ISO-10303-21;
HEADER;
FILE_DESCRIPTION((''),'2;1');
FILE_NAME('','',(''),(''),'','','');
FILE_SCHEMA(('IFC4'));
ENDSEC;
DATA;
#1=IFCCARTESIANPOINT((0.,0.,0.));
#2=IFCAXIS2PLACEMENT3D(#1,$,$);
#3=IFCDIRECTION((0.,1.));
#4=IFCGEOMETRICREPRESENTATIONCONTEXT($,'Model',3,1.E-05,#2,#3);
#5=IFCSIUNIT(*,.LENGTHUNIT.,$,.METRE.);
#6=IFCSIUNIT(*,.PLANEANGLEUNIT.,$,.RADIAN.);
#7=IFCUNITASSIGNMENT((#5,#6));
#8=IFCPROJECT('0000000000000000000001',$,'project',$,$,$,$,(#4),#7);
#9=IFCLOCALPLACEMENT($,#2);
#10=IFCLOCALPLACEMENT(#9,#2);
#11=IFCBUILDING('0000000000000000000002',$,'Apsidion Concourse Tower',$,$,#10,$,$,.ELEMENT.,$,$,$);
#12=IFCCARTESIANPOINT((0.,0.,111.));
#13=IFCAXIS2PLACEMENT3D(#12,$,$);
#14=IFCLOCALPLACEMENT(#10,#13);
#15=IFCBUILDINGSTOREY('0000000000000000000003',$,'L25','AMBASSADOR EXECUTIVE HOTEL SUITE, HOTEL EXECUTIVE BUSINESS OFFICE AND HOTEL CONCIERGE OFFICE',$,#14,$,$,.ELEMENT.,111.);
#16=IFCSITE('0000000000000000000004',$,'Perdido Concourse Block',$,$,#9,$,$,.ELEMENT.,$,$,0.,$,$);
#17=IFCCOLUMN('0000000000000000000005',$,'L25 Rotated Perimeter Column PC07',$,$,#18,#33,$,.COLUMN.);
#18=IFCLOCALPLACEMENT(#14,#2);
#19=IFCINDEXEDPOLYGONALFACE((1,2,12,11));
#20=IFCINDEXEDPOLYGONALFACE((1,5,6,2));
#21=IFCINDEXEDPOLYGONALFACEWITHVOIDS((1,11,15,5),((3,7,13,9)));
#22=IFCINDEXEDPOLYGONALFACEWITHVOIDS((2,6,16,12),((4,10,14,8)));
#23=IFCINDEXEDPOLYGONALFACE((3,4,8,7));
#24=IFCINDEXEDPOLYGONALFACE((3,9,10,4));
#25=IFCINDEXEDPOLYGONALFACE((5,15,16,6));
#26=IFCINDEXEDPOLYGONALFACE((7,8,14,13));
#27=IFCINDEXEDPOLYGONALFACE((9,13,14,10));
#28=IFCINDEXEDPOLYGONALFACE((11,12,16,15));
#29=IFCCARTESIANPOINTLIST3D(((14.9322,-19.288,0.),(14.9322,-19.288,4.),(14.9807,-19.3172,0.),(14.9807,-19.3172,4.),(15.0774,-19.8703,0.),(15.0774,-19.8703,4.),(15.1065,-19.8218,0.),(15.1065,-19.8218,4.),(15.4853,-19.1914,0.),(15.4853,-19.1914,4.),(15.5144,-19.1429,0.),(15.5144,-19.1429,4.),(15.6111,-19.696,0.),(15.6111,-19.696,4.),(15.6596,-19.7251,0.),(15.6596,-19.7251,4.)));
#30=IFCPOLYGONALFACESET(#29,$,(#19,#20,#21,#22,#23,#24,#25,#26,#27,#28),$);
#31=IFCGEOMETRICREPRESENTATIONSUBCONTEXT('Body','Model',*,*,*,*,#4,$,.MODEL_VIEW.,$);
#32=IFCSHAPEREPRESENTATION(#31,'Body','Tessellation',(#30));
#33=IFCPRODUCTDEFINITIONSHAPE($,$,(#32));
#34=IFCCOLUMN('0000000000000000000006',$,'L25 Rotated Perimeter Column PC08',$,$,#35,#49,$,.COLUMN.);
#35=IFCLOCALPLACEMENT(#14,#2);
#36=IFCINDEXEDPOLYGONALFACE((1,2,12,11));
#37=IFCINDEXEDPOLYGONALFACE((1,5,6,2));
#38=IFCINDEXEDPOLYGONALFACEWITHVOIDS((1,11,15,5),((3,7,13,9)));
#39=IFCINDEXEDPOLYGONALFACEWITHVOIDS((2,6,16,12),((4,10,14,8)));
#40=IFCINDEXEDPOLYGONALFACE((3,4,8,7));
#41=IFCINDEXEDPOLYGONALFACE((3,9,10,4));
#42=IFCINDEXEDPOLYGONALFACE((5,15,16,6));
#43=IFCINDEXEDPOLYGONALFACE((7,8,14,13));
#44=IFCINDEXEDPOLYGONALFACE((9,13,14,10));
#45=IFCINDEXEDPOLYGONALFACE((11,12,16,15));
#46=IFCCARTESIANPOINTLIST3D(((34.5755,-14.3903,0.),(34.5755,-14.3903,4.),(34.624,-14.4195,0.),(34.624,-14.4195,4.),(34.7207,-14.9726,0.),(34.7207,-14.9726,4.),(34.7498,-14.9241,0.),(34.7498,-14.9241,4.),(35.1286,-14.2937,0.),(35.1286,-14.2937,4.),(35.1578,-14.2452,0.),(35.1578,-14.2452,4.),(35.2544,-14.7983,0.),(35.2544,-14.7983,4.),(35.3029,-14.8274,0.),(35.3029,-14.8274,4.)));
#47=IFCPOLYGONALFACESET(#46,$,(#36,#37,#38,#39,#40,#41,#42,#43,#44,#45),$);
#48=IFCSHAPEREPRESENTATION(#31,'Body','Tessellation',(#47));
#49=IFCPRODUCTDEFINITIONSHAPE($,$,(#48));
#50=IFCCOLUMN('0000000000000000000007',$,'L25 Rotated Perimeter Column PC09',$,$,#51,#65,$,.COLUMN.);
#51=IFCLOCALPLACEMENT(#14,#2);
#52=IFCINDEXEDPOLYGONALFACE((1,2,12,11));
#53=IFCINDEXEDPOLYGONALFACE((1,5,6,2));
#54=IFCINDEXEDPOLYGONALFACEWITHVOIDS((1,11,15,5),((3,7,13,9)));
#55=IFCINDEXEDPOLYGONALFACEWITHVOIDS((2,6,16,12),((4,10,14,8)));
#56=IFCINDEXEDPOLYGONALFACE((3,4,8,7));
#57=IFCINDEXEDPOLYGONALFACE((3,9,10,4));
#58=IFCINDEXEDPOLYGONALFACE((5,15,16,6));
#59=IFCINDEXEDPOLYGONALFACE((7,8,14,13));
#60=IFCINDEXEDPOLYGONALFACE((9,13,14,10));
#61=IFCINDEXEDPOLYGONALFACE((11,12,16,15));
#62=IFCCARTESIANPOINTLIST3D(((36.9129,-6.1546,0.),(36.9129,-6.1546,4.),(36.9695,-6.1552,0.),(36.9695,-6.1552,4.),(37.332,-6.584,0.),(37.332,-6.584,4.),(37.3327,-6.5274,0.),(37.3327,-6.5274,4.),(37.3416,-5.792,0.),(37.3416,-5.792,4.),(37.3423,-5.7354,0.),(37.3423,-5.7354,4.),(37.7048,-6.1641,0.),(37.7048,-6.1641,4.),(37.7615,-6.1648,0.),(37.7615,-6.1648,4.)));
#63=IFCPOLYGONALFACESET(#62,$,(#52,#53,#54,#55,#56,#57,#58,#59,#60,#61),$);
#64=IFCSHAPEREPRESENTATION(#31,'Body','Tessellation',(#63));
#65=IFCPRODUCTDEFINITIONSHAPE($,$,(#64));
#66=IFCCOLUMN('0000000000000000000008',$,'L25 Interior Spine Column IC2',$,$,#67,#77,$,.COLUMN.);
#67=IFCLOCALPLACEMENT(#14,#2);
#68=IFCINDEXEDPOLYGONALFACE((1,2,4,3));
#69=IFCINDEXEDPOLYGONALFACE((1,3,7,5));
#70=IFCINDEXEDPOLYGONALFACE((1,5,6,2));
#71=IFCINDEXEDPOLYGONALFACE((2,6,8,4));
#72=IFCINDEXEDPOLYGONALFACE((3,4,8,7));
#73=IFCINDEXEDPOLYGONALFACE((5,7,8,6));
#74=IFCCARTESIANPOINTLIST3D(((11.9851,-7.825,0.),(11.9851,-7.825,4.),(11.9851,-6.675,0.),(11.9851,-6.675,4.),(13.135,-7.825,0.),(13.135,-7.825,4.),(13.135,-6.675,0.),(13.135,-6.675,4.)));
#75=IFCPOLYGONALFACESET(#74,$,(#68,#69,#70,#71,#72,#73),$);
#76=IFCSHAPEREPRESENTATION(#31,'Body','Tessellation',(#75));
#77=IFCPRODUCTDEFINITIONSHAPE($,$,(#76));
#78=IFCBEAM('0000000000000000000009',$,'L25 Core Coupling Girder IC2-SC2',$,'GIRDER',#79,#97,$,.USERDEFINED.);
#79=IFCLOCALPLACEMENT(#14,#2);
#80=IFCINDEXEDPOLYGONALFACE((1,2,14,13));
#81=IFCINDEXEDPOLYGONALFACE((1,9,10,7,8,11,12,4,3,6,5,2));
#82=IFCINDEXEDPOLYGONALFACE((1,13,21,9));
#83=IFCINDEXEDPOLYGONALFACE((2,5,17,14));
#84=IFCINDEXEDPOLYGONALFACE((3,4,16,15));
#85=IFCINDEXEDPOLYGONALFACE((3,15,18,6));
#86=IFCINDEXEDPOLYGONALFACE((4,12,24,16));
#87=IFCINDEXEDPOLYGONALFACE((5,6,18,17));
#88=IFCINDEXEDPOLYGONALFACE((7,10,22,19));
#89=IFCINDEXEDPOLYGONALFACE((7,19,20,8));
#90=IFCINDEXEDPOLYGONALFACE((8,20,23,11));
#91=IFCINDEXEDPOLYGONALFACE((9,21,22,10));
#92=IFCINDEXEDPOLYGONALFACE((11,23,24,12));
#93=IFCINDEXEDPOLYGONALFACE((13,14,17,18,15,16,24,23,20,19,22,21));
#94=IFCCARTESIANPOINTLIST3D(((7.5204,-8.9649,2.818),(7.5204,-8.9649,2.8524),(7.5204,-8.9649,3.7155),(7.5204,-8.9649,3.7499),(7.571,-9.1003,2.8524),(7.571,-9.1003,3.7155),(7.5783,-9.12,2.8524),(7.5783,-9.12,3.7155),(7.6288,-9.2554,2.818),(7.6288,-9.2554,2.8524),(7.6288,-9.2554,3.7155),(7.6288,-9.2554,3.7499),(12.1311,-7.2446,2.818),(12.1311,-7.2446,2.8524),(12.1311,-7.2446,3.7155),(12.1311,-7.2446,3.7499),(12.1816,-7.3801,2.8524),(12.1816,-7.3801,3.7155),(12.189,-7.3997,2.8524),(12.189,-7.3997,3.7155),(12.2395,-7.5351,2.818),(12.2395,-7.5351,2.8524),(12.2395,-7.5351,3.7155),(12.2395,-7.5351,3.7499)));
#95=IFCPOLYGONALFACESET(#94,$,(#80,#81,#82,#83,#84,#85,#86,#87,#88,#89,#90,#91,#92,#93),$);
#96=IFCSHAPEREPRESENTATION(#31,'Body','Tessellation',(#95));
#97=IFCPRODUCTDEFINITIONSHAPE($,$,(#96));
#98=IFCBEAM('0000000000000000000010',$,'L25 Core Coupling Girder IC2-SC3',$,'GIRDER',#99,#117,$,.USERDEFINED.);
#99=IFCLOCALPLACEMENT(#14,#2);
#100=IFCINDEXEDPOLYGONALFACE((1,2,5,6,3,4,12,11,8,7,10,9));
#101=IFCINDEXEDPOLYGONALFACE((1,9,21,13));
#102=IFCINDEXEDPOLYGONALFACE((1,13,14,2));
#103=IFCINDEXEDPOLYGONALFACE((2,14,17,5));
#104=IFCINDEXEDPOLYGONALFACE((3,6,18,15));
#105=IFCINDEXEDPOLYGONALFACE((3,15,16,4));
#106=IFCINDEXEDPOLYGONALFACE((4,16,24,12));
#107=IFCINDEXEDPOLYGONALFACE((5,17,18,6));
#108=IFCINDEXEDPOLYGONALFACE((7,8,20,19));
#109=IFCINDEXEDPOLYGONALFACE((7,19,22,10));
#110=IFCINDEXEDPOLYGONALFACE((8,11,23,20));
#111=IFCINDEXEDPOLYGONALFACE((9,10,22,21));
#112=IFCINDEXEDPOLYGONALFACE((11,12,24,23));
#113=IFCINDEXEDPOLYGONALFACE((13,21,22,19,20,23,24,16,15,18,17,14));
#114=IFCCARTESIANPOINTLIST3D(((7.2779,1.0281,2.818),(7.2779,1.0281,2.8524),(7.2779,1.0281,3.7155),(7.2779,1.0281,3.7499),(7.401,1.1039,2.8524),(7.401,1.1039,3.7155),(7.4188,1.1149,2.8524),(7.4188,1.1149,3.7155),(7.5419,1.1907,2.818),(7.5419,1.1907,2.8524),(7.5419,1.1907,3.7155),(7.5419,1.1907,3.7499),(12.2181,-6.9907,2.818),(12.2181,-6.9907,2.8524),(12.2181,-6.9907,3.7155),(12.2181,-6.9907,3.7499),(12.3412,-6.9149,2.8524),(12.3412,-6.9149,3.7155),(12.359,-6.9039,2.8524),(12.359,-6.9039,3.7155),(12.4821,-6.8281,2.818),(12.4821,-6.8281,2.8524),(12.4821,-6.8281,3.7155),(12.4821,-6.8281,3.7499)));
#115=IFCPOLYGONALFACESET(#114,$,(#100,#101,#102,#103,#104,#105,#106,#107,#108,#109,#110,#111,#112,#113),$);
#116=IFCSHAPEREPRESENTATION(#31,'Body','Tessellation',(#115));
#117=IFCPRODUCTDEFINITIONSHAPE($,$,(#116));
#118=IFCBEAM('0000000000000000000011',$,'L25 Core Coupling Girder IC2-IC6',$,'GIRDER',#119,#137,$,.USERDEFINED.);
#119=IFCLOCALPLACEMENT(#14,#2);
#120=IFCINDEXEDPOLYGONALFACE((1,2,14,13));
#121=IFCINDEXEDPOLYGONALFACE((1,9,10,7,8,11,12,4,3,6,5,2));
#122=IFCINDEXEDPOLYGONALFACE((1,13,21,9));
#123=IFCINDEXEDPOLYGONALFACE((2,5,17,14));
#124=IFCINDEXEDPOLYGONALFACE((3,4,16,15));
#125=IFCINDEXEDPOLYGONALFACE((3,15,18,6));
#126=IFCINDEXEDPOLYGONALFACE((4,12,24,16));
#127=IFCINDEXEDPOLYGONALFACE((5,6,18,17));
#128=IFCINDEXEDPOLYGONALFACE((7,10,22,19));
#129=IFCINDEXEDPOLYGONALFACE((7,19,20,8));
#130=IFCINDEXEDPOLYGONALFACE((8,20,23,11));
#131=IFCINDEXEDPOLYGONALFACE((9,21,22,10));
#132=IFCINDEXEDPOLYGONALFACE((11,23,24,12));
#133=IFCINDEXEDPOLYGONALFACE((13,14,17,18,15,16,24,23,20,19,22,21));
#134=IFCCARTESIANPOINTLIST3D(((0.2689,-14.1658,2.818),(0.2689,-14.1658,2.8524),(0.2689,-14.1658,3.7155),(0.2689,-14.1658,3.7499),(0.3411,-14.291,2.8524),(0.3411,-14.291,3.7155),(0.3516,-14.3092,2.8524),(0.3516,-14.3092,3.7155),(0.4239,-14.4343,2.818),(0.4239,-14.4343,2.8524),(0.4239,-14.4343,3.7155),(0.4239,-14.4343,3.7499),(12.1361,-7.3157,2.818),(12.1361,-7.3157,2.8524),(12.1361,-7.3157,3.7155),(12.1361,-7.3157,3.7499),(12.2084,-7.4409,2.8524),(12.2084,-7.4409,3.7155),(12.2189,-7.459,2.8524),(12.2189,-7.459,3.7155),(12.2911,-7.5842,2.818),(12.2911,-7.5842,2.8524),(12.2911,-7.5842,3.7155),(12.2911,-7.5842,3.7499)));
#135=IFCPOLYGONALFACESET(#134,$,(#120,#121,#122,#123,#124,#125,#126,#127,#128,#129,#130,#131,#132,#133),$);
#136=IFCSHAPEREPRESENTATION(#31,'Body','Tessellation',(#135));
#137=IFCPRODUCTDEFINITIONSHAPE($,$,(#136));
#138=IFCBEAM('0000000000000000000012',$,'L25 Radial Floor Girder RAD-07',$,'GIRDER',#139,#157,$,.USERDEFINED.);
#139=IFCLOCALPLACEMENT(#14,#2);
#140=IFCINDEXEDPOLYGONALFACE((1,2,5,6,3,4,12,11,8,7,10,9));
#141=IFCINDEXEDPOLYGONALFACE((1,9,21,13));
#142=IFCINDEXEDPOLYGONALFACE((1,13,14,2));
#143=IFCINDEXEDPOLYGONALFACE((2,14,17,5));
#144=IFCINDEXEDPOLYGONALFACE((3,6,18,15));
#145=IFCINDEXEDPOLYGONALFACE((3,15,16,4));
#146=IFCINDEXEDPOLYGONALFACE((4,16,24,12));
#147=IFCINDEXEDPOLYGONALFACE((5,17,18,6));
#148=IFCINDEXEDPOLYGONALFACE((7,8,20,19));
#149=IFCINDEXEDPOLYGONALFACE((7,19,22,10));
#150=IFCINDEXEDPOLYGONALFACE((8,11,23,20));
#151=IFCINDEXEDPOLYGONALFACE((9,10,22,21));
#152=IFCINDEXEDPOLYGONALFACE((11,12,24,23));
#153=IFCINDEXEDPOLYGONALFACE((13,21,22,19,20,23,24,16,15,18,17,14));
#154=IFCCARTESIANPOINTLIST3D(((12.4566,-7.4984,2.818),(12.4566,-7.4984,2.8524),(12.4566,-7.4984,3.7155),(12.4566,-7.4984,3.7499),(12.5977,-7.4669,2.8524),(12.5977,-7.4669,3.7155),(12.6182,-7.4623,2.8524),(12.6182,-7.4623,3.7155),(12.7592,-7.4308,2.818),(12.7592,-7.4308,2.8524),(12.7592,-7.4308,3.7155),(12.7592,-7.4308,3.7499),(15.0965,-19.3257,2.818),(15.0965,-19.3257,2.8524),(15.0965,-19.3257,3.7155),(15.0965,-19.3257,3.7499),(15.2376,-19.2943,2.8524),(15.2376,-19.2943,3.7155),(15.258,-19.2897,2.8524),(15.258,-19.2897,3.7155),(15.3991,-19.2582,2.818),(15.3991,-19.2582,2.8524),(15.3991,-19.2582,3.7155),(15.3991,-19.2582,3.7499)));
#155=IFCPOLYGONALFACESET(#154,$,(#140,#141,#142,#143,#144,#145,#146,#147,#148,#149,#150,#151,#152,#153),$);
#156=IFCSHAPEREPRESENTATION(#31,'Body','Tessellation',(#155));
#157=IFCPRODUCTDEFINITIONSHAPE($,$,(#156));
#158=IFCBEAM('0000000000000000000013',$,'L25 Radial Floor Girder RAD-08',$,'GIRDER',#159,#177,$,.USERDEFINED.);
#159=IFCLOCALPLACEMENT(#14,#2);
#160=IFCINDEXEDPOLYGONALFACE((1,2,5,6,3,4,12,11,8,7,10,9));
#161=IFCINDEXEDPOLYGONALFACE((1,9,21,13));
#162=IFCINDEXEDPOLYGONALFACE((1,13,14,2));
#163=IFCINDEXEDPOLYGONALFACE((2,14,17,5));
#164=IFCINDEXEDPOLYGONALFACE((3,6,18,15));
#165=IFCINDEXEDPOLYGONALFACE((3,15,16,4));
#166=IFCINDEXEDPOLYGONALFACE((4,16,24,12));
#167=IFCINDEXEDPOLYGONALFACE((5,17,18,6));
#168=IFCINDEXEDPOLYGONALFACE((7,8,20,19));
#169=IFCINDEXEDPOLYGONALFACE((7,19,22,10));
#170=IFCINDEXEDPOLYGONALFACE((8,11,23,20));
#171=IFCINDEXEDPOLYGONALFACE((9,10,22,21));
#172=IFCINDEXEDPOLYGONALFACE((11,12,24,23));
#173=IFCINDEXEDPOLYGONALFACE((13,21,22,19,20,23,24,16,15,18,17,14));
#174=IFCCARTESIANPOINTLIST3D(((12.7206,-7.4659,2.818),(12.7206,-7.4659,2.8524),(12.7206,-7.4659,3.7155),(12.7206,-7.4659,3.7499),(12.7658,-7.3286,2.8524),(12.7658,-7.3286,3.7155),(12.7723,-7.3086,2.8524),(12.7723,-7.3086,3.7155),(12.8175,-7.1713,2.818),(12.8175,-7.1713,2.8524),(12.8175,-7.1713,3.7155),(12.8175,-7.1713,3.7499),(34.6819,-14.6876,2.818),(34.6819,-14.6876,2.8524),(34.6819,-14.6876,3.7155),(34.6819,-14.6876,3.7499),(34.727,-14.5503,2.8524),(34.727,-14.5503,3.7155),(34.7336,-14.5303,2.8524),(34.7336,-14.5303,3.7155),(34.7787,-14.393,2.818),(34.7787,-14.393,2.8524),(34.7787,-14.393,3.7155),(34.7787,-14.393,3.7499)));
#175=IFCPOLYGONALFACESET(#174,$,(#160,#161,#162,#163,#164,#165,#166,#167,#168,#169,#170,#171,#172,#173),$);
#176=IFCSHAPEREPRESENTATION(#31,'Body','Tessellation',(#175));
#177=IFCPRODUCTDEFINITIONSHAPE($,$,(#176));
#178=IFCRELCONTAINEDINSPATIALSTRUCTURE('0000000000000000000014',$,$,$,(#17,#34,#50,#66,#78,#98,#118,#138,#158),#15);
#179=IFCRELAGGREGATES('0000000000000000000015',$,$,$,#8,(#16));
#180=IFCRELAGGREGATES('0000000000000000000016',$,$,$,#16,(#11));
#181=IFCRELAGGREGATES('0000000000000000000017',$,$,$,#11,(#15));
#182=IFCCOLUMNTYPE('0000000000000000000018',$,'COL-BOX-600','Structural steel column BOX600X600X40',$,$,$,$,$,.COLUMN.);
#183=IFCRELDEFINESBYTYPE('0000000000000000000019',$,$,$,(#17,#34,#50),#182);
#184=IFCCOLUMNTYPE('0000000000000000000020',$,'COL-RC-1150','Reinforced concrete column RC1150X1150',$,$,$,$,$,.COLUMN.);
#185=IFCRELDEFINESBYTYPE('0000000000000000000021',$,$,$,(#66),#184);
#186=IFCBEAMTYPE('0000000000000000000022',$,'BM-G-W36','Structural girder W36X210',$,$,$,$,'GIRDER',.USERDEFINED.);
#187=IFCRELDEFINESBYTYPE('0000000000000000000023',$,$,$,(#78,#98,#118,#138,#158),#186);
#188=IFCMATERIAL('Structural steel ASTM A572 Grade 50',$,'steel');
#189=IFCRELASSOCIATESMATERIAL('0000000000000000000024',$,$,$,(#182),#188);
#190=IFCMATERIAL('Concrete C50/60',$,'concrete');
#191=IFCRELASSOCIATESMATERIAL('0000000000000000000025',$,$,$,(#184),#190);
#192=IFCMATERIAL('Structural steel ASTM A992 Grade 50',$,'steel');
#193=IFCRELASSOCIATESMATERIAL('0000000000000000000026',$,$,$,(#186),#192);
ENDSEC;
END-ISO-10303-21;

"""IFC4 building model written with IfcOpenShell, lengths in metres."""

from ifc_helpers import new_model, si_unit, direction, frame, origin, origin_2d, place, context, subcontext, project, spatial, rectangle, hollow_rectangle, i_section, extrude, material, material_profile, profile_set, type_object, element, save


model = new_model("IFC4")

# Units and contexts
model_context = context("Model", 3, precision=1e-05, world=origin(), true_north=direction((0.0, 1.0)))
body_context = subcontext(model_context, "Body", "Model", "MODEL_VIEW")
ifc_project = project(units=[si_unit("LENGTHUNIT", "METRE"), si_unit("PLANEANGLEUNIT", "RADIAN")], contexts=[model_context])

# Site, building, storey
site_placement = place(None, origin())
site = spatial("IfcSite", under=ifc_project, at=site_placement, Name="Perdido Concourse Block", CompositionType="ELEMENT", RefElevation=0.0)
building_placement = place(site_placement, origin())
building = spatial("IfcBuilding", under=site, at=building_placement, Name="Apsidion Concourse Tower", CompositionType="ELEMENT")
storey_placement = place(building_placement, frame((0.0, 0.0, 111.0)))
storey = spatial("IfcBuildingStorey", under=building, at=storey_placement, Name="L25", Description="AMBASSADOR EXECUTIVE HOTEL SUITE, HOTEL EXECUTIVE BUSINESS OFFICE AND HOTEL CONCIERGE OFFICE", CompositionType="ELEMENT", Elevation=111.0)

# Columns
ifc_material_1 = material(Name="Structural steel ASTM A572 Grade 50", Category="steel")
ifc_material_profile_1 = material_profile(ifc_material_1, hollow_rectangle(XDim=0.6001, YDim=0.6001, WallThickness=0.04, at=origin_2d()), Name="BOX600X600X40")
ifc_profile_set_1 = profile_set([ifc_material_profile_1], Name="Structural steel ASTM A572 Grade 50")
column_type_1 = type_object("IfcColumnType", Name="COL-BOX-600", Description="Structural steel column BOX600X600X40", PredefinedType="COLUMN", material=ifc_profile_set_1)
for number, where, z_axis, x_axis, name in (
    (1, (15.2959, -19.5066, 0.0), (0.0, 0.0, 1.0), (0.970296, 0.241922, 0.0), "L25 Rotated Perimeter Column PC07"),
    (2, (34.9392, -14.6089, 0.0), (0.0, 0.0, 1.0), (0.970296, 0.241922, 0.0), "L25 Rotated Perimeter Column PC08"),
    (3, (37.3372, -6.1597, 0.0), (0.0, 0.0, 1.0), (-0.69854, 0.715571, 0.0), "L25 Rotated Perimeter Column PC09"),
):
    element("IfcColumn", number, at=place(storey_placement, frame(where, z_axis=z_axis, x_axis=x_axis)), inside=storey, type_object=column_type_1, Name=name, PredefinedType="COLUMN", context=body_context, shape_type="SweptSolid", body=[
        extrude(hollow_rectangle(XDim=0.6001, YDim=0.6001, WallThickness=0.04, at=origin_2d()), origin(), (0.0, 0.0, 1.0), 4.0),
    ])
ifc_material_2 = material(Name="Concrete C50/60", Category="concrete")
ifc_material_profile_2 = material_profile(ifc_material_2, rectangle(XDim=1.1499, YDim=1.1499, at=origin_2d()), Name="RC 1150x1150")
ifc_profile_set_2 = profile_set([ifc_material_profile_2], Name="Concrete C50/60")
column_type_2 = type_object("IfcColumnType", Name="COL-RC-1150", Description="Reinforced concrete column RC1150X1150", PredefinedType="COLUMN", material=ifc_profile_set_2)
column_placement = place(storey_placement, frame((12.5601, -7.25, 0.0), z_axis=(0.0, 0.0, 1.0), x_axis=(1.0, 0.0, 0.0)))
element("IfcColumn", 4, at=column_placement, inside=storey, type_object=column_type_2, Name="L25 Interior Spine Column IC2", PredefinedType="COLUMN", context=body_context, shape_type="SweptSolid", body=[
    extrude(rectangle(XDim=1.1499, YDim=1.1499, at=origin_2d()), origin(), (0.0, 0.0, 1.0), 4.0),
])

# Beams
ifc_material_3 = material(Name="Structural steel ASTM A992 Grade 50", Category="steel")
ifc_material_profile_3 = material_profile(ifc_material_3, i_section(OverallWidth=0.3101, OverallDepth=0.9319, WebThickness=0.021, FlangeThickness=0.0344, at=origin_2d()), Name="W36X210")
ifc_profile_set_3 = profile_set([ifc_material_profile_3], Name="Structural steel ASTM A992 Grade 50")
beam_type_1 = type_object("IfcBeamType", Name="BM-G-W36", Description="Structural girder W36X210", ElementType="GIRDER", PredefinedType="USERDEFINED", material=ifc_profile_set_3)
beam_1_placement = place(storey_placement, frame((12.1853, -7.3899, 3.2839), z_axis=(-0.936913, -0.349563, 0.0), x_axis=(0.349563, -0.936913, 0.0)))
element("IfcBeam", 5, at=beam_1_placement, inside=storey, type_object=beam_type_1, Name="L25 Core Coupling Girder IC2-SC2", ObjectType="GIRDER", PredefinedType="USERDEFINED", context=body_context, shape_type="SweptSolid", body=[
    extrude(i_section(OverallWidth=0.3101, OverallDepth=0.9319, WebThickness=0.021, FlangeThickness=0.0344, at=origin_2d()), origin(), (0.0, 0.0, 1.0), 4.9211),
])
beam_2_placement = place(storey_placement, frame((12.3501, -6.9094, 3.2839), z_axis=(-0.524524, 0.851396, 0.0), x_axis=(-0.851396, -0.524524, 0.0)))
element("IfcBeam", 6, at=beam_2_placement, inside=storey, type_object=beam_type_1, Name="L25 Core Coupling Girder IC2-SC3", ObjectType="GIRDER", PredefinedType="USERDEFINED", context=body_context, shape_type="SweptSolid", body=[
    extrude(i_section(OverallWidth=0.3101, OverallDepth=0.9319, WebThickness=0.021, FlangeThickness=0.0344, at=origin_2d()), origin(), (0.0, 0.0, 1.0), 9.4185),
])
beam_3_placement = place(storey_placement, frame((12.2136, -7.45, 3.2839), z_axis=(-0.86607, -0.499922, 0.0), x_axis=(0.499922, -0.86607, 0.0)))
element("IfcBeam", 7, at=beam_3_placement, inside=storey, type_object=beam_type_1, Name="L25 Core Coupling Girder IC2-IC6", ObjectType="GIRDER", PredefinedType="USERDEFINED", context=body_context, shape_type="SweptSolid", body=[
    extrude(i_section(OverallWidth=0.3101, OverallDepth=0.9319, WebThickness=0.021, FlangeThickness=0.0344, at=origin_2d()), origin(), (0.0, 0.0, 1.0), 13.7024),
])
beam_4_placement = place(storey_placement, frame((12.6079, -7.4646, 3.2839), z_axis=(0.217841, -0.975984, 0.0), x_axis=(0.975984, 0.217841, 0.0)))
element("IfcBeam", 8, at=beam_4_placement, inside=storey, type_object=beam_type_1, Name="L25 Radial Floor Girder RAD-07", ObjectType="GIRDER", PredefinedType="USERDEFINED", context=body_context, shape_type="SweptSolid", body=[
    extrude(i_section(OverallWidth=0.3101, OverallDepth=0.9319, WebThickness=0.021, FlangeThickness=0.0344, at=origin_2d()), origin(), (0.0, 0.0, 1.0), 12.1184),
])
beam_5_placement = place(storey_placement, frame((12.769, -7.3186, 3.2839), z_axis=(0.949957, -0.312382, 0.0), x_axis=(0.312382, 0.949957, 0.0)))
element("IfcBeam", 9, at=beam_5_placement, inside=storey, type_object=beam_type_1, Name="L25 Radial Floor Girder RAD-08", ObjectType="GIRDER", PredefinedType="USERDEFINED", context=body_context, shape_type="SweptSolid", body=[
    extrude(i_section(OverallWidth=0.3101, OverallDepth=0.9319, WebThickness=0.021, FlangeThickness=0.0344, at=origin_2d()), origin(), (0.0, 0.0, 1.0), 23.1182),
])

save(model, "model.ifc")
